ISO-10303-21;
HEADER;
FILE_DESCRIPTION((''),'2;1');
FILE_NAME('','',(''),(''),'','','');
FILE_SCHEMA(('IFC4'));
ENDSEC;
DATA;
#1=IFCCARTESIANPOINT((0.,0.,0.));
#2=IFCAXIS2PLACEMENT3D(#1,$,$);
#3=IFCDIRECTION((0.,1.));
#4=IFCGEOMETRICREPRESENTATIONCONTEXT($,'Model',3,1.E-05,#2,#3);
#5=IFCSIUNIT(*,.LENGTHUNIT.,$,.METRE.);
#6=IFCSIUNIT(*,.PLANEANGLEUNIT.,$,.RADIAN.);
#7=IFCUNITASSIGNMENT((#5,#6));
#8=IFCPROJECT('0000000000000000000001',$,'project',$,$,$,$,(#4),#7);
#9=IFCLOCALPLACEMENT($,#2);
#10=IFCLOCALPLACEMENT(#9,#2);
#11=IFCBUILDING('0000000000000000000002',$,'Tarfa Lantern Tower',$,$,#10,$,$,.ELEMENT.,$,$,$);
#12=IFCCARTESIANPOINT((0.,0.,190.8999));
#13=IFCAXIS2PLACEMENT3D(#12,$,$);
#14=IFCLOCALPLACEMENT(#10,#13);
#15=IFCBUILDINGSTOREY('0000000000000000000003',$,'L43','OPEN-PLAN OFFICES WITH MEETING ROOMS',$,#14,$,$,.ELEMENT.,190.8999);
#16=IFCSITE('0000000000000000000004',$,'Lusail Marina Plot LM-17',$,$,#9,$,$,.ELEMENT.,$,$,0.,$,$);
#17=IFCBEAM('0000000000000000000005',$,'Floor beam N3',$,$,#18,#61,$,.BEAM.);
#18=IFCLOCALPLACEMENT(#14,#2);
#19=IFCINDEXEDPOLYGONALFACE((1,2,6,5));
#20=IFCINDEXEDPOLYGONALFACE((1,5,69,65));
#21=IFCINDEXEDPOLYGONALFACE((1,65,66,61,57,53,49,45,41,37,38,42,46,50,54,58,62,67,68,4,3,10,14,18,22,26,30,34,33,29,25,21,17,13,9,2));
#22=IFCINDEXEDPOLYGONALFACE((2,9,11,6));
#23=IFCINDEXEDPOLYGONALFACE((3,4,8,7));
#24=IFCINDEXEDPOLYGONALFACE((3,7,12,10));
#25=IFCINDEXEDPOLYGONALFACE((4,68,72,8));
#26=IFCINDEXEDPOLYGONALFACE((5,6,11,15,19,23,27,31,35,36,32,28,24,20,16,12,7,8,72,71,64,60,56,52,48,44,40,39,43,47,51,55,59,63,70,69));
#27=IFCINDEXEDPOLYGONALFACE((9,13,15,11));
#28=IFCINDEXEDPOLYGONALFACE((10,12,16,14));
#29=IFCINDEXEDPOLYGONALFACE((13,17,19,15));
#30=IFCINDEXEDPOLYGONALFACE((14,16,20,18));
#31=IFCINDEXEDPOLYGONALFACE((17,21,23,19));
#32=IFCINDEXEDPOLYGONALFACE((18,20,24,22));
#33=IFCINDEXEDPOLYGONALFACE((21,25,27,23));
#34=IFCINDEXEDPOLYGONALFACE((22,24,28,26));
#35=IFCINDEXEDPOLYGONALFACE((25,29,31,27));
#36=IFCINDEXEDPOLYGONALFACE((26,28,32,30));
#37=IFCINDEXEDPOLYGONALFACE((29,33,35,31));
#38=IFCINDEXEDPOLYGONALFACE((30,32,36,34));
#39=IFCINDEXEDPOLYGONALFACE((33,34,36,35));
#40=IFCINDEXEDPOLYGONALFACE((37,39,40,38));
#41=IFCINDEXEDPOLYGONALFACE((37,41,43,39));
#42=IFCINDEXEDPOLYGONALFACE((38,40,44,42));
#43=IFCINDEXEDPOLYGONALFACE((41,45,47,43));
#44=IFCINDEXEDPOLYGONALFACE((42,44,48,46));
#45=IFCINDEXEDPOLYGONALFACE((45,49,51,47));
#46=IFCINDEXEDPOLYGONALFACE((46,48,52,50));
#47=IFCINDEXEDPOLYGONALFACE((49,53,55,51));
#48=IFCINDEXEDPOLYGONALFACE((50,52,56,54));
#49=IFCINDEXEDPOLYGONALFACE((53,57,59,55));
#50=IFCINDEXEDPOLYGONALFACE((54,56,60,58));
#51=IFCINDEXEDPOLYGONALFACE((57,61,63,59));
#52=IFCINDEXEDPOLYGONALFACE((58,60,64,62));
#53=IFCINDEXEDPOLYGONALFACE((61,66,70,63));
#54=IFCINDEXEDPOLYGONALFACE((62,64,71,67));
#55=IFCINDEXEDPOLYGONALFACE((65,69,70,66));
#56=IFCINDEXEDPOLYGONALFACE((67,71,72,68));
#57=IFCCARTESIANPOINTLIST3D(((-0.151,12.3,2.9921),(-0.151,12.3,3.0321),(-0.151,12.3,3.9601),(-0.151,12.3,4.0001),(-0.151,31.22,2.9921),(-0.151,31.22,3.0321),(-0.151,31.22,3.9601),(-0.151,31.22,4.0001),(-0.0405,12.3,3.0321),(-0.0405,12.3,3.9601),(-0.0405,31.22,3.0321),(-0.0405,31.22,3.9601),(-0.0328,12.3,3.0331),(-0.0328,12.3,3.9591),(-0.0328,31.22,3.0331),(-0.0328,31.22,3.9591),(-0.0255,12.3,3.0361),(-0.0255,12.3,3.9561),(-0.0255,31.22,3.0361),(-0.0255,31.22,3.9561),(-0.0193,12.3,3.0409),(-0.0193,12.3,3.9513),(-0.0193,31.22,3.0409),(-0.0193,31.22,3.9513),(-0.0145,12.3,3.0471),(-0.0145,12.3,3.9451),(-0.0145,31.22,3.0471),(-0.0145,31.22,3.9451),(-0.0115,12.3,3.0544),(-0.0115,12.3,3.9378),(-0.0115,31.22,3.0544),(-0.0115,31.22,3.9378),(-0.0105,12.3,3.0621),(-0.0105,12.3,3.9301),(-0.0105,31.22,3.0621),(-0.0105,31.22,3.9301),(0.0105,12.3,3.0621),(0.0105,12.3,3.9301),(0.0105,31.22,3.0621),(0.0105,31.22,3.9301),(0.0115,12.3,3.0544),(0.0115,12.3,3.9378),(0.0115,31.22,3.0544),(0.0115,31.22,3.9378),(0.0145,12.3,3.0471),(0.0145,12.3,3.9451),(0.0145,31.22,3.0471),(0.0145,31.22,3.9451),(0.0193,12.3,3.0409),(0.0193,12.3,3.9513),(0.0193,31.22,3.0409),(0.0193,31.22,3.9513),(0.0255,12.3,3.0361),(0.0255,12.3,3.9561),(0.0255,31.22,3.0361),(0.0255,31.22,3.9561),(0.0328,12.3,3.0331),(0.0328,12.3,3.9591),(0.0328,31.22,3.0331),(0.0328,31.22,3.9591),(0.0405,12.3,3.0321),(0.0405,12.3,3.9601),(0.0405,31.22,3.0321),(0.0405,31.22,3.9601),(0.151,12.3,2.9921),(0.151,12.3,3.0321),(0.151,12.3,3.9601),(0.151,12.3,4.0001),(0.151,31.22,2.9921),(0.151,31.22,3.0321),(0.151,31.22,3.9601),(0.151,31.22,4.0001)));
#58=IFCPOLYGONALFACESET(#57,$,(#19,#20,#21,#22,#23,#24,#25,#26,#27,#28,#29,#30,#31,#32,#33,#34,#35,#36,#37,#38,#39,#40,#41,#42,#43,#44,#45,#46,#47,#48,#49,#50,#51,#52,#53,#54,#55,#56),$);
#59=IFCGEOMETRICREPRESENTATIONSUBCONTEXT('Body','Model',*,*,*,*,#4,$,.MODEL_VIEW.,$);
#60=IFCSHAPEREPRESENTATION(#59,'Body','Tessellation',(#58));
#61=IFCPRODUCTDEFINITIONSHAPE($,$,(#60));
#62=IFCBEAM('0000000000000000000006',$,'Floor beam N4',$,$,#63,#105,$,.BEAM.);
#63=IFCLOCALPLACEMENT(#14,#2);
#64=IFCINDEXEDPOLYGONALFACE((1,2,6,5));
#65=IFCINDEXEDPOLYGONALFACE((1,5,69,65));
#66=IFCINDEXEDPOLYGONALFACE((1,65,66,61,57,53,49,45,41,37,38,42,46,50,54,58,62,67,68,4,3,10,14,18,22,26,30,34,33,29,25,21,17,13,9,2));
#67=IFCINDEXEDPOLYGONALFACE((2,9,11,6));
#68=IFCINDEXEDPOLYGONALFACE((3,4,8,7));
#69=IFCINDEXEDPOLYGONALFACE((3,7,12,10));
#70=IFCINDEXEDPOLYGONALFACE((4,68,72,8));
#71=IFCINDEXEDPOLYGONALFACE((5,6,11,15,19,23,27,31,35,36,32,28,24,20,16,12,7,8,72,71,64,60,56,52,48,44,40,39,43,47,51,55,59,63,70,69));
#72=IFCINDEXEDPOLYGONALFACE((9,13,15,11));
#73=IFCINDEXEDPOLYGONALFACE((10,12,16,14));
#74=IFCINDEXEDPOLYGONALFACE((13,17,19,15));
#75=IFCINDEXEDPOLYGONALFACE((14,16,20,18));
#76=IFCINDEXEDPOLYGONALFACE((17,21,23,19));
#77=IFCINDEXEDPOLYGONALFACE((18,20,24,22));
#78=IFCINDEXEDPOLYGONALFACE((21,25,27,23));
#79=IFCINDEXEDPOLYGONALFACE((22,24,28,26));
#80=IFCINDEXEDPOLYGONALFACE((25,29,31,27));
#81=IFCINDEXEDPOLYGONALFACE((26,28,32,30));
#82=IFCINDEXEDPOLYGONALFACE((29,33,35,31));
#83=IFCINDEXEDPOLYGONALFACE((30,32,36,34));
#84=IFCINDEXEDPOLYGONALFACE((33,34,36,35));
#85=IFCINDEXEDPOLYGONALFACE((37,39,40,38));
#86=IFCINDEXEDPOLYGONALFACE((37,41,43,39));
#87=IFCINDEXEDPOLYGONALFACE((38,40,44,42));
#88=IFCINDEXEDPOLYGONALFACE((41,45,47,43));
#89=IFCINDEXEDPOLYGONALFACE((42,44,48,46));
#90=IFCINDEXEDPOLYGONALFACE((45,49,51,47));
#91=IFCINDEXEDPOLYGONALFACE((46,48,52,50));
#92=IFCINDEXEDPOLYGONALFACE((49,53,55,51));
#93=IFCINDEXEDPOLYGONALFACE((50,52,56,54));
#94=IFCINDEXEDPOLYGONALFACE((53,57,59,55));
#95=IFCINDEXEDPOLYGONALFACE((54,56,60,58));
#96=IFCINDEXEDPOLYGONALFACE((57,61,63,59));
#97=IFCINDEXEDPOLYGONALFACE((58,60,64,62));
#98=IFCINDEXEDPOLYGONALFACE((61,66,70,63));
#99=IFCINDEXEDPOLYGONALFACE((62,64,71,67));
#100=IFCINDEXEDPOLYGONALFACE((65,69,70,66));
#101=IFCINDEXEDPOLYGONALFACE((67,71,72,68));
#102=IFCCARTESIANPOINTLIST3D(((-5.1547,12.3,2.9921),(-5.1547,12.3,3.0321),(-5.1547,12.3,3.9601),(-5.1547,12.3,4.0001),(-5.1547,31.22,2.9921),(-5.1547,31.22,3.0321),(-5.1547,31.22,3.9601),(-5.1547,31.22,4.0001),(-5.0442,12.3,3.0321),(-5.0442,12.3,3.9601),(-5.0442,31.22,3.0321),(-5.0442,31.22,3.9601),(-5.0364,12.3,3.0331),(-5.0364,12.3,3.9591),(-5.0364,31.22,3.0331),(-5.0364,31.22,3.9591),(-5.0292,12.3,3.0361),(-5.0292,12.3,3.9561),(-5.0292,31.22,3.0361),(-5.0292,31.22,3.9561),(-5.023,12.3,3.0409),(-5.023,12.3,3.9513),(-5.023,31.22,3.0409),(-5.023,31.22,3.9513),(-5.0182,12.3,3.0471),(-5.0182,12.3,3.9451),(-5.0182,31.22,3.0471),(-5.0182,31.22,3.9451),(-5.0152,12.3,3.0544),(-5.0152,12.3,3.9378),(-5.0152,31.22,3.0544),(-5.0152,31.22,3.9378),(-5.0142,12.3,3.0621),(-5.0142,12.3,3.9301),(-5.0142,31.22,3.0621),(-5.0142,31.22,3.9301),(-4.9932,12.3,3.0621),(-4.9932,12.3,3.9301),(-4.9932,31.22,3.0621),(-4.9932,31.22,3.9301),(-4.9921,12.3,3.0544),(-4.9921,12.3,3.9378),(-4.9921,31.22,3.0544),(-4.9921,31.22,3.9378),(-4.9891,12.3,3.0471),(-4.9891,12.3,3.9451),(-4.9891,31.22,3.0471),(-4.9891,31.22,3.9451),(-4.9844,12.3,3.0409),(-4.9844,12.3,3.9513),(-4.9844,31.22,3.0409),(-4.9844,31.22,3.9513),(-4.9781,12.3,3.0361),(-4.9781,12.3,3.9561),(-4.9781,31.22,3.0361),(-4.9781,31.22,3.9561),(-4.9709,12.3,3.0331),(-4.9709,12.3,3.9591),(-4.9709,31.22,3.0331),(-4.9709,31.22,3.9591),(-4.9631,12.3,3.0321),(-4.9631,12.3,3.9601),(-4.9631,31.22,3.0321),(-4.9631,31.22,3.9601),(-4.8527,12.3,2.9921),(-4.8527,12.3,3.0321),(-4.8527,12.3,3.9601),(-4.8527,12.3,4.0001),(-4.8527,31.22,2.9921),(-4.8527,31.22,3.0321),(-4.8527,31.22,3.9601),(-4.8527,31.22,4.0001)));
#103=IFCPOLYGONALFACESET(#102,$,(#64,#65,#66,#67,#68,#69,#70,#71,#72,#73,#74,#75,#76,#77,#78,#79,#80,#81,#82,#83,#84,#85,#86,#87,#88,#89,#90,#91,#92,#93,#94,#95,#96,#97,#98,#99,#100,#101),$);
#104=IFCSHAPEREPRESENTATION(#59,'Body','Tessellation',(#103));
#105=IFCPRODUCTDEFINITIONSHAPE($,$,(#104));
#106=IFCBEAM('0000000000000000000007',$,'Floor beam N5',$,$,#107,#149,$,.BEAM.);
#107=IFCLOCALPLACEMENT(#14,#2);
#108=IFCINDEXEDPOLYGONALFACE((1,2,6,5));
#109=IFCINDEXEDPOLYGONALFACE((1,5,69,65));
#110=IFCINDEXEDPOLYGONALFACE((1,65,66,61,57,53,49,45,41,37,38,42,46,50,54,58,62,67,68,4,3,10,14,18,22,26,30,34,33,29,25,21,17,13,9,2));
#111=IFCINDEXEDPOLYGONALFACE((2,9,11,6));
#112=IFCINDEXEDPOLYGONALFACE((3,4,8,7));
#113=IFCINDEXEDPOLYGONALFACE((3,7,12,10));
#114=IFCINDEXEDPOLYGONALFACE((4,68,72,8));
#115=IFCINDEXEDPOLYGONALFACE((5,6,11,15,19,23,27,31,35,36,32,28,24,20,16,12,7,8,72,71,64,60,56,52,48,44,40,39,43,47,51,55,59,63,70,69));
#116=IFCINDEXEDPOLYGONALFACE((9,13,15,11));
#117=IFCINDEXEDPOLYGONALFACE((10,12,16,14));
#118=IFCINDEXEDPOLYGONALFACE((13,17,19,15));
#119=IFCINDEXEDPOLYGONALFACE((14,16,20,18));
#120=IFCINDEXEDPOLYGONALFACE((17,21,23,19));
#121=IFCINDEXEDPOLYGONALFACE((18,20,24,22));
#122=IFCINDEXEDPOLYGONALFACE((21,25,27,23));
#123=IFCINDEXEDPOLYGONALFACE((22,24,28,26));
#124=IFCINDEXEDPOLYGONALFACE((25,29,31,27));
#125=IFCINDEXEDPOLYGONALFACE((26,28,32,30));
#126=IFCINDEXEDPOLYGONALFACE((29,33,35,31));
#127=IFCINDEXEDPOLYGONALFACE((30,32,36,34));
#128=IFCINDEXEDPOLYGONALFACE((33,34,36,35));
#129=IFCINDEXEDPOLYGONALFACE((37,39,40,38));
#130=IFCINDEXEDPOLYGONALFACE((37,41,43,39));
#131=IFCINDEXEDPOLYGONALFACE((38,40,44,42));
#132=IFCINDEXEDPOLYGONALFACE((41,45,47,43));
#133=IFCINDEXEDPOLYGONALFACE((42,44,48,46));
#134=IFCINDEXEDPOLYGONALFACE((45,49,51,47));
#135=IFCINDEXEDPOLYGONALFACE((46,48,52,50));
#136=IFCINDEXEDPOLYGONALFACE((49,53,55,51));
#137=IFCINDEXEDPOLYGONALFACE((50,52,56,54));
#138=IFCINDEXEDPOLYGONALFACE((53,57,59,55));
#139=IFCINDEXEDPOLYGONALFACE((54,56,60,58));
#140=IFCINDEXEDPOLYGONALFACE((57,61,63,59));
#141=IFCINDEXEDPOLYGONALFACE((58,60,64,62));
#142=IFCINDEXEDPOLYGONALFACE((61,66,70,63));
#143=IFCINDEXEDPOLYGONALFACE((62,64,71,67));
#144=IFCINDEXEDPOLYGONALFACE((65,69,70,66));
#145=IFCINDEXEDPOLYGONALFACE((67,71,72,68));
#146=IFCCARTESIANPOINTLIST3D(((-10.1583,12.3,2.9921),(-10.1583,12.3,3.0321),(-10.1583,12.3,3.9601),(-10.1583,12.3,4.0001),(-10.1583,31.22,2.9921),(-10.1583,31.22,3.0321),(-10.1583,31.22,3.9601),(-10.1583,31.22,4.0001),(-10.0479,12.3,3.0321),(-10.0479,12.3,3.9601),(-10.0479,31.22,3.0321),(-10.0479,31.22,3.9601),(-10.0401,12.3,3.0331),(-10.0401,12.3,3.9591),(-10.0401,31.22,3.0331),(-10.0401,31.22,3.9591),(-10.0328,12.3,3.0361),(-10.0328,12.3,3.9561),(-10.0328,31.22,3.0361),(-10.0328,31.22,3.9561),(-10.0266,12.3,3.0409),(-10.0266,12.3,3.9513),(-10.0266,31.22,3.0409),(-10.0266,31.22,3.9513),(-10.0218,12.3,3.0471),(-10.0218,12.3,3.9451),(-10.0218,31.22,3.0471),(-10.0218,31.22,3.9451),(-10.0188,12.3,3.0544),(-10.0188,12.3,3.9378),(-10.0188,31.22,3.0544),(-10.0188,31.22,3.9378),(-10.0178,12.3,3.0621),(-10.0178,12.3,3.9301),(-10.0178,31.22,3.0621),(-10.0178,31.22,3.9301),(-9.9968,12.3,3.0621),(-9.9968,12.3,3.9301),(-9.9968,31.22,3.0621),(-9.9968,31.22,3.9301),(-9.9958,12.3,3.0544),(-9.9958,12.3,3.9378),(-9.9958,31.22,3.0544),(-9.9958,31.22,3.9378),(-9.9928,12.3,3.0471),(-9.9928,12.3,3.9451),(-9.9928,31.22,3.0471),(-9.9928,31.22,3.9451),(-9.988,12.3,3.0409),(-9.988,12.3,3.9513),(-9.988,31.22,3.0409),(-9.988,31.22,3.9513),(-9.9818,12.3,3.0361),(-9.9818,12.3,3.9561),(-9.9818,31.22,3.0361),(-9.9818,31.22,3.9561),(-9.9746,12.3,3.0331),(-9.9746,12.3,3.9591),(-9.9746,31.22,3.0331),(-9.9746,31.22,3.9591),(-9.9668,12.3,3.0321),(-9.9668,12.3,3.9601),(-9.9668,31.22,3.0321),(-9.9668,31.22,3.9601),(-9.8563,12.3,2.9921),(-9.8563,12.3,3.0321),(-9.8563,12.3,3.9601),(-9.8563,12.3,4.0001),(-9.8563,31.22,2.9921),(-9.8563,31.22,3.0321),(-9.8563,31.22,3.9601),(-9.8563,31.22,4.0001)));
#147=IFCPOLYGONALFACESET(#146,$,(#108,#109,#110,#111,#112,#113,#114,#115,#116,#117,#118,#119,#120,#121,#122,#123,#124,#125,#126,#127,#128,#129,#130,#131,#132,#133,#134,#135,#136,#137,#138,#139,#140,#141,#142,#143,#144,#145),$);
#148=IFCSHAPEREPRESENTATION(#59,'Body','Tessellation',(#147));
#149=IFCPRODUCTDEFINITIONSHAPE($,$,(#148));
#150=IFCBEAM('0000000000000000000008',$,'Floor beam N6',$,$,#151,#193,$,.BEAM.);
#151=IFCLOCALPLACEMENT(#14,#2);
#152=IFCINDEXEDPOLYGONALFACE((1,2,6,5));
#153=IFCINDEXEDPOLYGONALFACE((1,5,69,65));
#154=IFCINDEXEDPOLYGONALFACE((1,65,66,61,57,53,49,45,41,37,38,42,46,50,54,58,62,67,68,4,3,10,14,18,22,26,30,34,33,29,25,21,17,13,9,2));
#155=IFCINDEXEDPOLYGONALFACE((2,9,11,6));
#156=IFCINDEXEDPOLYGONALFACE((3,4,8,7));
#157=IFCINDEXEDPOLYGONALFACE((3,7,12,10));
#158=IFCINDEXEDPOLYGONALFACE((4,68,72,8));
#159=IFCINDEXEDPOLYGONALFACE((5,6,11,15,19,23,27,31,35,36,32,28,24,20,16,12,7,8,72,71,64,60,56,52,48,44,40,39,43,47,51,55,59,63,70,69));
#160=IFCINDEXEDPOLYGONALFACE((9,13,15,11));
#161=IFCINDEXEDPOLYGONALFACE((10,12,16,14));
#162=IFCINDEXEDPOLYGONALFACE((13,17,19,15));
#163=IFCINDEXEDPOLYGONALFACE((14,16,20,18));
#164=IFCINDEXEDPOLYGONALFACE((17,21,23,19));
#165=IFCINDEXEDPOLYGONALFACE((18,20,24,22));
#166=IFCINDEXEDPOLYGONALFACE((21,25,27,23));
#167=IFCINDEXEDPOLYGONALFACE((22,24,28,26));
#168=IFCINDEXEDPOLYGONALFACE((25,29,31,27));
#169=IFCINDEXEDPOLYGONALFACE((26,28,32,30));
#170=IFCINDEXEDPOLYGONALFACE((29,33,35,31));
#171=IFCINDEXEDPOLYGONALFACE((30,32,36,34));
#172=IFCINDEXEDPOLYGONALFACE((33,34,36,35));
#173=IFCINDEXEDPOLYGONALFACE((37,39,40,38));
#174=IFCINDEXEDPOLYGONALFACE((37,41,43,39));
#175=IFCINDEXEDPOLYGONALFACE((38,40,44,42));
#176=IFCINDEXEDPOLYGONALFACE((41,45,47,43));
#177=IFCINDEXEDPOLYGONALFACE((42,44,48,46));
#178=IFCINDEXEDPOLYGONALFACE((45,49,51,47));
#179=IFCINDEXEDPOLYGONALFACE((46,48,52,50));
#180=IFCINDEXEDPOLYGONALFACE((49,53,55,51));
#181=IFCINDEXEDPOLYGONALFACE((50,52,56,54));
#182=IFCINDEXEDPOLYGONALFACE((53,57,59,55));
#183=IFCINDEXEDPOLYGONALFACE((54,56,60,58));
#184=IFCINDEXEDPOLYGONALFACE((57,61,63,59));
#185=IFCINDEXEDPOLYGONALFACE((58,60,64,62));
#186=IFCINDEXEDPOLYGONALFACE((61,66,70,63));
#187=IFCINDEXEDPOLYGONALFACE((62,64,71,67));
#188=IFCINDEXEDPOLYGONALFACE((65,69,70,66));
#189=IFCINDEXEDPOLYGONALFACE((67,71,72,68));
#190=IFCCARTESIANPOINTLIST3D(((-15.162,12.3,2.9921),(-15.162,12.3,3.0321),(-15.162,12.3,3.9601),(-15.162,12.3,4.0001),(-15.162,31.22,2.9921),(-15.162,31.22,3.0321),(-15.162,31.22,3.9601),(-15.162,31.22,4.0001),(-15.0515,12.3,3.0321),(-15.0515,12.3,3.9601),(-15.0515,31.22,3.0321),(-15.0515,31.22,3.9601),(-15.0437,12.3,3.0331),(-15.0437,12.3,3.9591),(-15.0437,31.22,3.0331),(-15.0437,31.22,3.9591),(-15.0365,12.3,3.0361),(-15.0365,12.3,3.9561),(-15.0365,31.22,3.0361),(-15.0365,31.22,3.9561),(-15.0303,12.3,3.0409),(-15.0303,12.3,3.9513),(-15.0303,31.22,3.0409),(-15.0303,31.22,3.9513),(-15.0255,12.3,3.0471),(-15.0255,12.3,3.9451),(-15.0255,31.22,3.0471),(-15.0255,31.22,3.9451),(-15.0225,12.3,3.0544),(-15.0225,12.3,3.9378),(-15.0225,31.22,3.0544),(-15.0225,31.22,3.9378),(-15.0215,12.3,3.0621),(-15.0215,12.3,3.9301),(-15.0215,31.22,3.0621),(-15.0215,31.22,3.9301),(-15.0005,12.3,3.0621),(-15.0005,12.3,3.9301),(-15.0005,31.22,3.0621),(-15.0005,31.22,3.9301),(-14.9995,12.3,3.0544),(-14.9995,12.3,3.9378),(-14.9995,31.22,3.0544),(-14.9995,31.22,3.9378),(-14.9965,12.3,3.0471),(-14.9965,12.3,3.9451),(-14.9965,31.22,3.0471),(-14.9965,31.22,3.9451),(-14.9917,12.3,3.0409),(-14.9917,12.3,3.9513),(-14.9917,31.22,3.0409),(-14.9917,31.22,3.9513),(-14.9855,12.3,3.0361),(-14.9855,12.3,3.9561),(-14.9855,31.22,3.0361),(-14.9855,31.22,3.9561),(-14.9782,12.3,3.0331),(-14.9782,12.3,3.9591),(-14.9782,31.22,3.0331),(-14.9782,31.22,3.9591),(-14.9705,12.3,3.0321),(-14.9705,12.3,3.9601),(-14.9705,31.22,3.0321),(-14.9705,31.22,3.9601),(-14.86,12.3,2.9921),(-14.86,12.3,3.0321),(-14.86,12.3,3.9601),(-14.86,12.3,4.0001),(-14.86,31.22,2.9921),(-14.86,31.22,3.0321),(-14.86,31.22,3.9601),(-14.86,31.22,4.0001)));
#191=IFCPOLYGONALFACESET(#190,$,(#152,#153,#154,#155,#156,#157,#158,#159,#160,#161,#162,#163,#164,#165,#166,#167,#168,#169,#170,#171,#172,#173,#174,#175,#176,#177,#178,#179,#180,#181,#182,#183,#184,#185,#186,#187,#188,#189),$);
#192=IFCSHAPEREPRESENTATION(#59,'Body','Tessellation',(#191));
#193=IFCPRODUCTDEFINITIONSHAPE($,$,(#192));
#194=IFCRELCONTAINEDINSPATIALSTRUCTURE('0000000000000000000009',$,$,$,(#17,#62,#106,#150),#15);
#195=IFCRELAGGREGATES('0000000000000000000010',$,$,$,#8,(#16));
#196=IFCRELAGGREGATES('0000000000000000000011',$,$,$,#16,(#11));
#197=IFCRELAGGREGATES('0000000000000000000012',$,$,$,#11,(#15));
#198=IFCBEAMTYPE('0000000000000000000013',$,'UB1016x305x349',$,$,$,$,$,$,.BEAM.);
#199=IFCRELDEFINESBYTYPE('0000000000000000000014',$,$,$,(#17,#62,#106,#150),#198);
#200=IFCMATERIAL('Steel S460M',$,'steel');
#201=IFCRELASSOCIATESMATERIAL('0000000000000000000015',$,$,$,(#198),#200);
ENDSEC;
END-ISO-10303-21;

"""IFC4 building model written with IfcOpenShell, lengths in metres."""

from ifc_helpers import new_model, si_unit, direction, frame, origin, origin_2d, place, context, subcontext, project, spatial, i_section, extrude, material, material_profile, profile_set, type_object, element, save


model = new_model("IFC4")

# Units and contexts
model_context = context("Model", 3, precision=1e-05, world=origin(), true_north=direction((0.0, 1.0)))
body_context = subcontext(model_context, "Body", "Model", "MODEL_VIEW")
ifc_project = project(units=[si_unit("LENGTHUNIT", "METRE"), si_unit("PLANEANGLEUNIT", "RADIAN")], contexts=[model_context])

# Site, building, storey
site_placement = place(None, origin())
site = spatial("IfcSite", under=ifc_project, at=site_placement, Name="Lusail Marina Plot LM-17", CompositionType="ELEMENT", RefElevation=0.0)
building_placement = place(site_placement, origin())
building = spatial("IfcBuilding", under=site, at=building_placement, Name="Tarfa Lantern Tower", CompositionType="ELEMENT")
storey_placement = place(building_placement, frame((0.0, 0.0, 190.8999)))
storey = spatial("IfcBuildingStorey", under=building, at=storey_placement, Name="L43", Description="OPEN-PLAN OFFICES WITH MEETING ROOMS", CompositionType="ELEMENT", Elevation=190.8999)

# Beams
ifc_material_1 = material(Name="Steel S460M", Category="steel")
ifc_material_profile_1 = material_profile(ifc_material_1, i_section(OverallWidth=0.302, OverallDepth=1.0081, WebThickness=0.021, FlangeThickness=0.04, FilletRadius=0.03, at=origin_2d()), Name="UB1016x305x349")
ifc_profile_set_1 = profile_set([ifc_material_profile_1], Name="Steel S460M")
beam_type_1 = type_object("IfcBeamType", Name="UB1016x305x349", PredefinedType="BEAM", material=ifc_profile_set_1)
for number, where, z_axis, x_axis, name in (
    (1, (0.0, 31.22, 3.4961), (0.0, -1.0, 0.0), (1.0, 0.0, 0.0), "Floor beam N3"),
    (2, (-5.0037, 31.22, 3.4961), (0.0, -1.0, 0.0), (1.0, 0.0, 0.0), "Floor beam N4"),
    (3, (-10.0073, 31.22, 3.4961), (0.0, -1.0, 0.0), (1.0, 0.0, 0.0), "Floor beam N5"),
    (4, (-15.011, 31.22, 3.4961), (0.0, -1.0, 0.0), (1.0, 0.0, 0.0), "Floor beam N6"),
):
    element("IfcBeam", number, at=place(storey_placement, frame(where, z_axis=z_axis, x_axis=x_axis)), inside=storey, type_object=beam_type_1, Name=name, PredefinedType="BEAM", context=body_context, shape_type="SweptSolid", body=[
        extrude(i_section(OverallWidth=0.302, OverallDepth=1.0081, WebThickness=0.021, FlangeThickness=0.04, FilletRadius=0.03, at=origin_2d()), origin(), (0.0, 0.0, 1.0), 18.9199),
    ])

save(model, "model.ifc")
